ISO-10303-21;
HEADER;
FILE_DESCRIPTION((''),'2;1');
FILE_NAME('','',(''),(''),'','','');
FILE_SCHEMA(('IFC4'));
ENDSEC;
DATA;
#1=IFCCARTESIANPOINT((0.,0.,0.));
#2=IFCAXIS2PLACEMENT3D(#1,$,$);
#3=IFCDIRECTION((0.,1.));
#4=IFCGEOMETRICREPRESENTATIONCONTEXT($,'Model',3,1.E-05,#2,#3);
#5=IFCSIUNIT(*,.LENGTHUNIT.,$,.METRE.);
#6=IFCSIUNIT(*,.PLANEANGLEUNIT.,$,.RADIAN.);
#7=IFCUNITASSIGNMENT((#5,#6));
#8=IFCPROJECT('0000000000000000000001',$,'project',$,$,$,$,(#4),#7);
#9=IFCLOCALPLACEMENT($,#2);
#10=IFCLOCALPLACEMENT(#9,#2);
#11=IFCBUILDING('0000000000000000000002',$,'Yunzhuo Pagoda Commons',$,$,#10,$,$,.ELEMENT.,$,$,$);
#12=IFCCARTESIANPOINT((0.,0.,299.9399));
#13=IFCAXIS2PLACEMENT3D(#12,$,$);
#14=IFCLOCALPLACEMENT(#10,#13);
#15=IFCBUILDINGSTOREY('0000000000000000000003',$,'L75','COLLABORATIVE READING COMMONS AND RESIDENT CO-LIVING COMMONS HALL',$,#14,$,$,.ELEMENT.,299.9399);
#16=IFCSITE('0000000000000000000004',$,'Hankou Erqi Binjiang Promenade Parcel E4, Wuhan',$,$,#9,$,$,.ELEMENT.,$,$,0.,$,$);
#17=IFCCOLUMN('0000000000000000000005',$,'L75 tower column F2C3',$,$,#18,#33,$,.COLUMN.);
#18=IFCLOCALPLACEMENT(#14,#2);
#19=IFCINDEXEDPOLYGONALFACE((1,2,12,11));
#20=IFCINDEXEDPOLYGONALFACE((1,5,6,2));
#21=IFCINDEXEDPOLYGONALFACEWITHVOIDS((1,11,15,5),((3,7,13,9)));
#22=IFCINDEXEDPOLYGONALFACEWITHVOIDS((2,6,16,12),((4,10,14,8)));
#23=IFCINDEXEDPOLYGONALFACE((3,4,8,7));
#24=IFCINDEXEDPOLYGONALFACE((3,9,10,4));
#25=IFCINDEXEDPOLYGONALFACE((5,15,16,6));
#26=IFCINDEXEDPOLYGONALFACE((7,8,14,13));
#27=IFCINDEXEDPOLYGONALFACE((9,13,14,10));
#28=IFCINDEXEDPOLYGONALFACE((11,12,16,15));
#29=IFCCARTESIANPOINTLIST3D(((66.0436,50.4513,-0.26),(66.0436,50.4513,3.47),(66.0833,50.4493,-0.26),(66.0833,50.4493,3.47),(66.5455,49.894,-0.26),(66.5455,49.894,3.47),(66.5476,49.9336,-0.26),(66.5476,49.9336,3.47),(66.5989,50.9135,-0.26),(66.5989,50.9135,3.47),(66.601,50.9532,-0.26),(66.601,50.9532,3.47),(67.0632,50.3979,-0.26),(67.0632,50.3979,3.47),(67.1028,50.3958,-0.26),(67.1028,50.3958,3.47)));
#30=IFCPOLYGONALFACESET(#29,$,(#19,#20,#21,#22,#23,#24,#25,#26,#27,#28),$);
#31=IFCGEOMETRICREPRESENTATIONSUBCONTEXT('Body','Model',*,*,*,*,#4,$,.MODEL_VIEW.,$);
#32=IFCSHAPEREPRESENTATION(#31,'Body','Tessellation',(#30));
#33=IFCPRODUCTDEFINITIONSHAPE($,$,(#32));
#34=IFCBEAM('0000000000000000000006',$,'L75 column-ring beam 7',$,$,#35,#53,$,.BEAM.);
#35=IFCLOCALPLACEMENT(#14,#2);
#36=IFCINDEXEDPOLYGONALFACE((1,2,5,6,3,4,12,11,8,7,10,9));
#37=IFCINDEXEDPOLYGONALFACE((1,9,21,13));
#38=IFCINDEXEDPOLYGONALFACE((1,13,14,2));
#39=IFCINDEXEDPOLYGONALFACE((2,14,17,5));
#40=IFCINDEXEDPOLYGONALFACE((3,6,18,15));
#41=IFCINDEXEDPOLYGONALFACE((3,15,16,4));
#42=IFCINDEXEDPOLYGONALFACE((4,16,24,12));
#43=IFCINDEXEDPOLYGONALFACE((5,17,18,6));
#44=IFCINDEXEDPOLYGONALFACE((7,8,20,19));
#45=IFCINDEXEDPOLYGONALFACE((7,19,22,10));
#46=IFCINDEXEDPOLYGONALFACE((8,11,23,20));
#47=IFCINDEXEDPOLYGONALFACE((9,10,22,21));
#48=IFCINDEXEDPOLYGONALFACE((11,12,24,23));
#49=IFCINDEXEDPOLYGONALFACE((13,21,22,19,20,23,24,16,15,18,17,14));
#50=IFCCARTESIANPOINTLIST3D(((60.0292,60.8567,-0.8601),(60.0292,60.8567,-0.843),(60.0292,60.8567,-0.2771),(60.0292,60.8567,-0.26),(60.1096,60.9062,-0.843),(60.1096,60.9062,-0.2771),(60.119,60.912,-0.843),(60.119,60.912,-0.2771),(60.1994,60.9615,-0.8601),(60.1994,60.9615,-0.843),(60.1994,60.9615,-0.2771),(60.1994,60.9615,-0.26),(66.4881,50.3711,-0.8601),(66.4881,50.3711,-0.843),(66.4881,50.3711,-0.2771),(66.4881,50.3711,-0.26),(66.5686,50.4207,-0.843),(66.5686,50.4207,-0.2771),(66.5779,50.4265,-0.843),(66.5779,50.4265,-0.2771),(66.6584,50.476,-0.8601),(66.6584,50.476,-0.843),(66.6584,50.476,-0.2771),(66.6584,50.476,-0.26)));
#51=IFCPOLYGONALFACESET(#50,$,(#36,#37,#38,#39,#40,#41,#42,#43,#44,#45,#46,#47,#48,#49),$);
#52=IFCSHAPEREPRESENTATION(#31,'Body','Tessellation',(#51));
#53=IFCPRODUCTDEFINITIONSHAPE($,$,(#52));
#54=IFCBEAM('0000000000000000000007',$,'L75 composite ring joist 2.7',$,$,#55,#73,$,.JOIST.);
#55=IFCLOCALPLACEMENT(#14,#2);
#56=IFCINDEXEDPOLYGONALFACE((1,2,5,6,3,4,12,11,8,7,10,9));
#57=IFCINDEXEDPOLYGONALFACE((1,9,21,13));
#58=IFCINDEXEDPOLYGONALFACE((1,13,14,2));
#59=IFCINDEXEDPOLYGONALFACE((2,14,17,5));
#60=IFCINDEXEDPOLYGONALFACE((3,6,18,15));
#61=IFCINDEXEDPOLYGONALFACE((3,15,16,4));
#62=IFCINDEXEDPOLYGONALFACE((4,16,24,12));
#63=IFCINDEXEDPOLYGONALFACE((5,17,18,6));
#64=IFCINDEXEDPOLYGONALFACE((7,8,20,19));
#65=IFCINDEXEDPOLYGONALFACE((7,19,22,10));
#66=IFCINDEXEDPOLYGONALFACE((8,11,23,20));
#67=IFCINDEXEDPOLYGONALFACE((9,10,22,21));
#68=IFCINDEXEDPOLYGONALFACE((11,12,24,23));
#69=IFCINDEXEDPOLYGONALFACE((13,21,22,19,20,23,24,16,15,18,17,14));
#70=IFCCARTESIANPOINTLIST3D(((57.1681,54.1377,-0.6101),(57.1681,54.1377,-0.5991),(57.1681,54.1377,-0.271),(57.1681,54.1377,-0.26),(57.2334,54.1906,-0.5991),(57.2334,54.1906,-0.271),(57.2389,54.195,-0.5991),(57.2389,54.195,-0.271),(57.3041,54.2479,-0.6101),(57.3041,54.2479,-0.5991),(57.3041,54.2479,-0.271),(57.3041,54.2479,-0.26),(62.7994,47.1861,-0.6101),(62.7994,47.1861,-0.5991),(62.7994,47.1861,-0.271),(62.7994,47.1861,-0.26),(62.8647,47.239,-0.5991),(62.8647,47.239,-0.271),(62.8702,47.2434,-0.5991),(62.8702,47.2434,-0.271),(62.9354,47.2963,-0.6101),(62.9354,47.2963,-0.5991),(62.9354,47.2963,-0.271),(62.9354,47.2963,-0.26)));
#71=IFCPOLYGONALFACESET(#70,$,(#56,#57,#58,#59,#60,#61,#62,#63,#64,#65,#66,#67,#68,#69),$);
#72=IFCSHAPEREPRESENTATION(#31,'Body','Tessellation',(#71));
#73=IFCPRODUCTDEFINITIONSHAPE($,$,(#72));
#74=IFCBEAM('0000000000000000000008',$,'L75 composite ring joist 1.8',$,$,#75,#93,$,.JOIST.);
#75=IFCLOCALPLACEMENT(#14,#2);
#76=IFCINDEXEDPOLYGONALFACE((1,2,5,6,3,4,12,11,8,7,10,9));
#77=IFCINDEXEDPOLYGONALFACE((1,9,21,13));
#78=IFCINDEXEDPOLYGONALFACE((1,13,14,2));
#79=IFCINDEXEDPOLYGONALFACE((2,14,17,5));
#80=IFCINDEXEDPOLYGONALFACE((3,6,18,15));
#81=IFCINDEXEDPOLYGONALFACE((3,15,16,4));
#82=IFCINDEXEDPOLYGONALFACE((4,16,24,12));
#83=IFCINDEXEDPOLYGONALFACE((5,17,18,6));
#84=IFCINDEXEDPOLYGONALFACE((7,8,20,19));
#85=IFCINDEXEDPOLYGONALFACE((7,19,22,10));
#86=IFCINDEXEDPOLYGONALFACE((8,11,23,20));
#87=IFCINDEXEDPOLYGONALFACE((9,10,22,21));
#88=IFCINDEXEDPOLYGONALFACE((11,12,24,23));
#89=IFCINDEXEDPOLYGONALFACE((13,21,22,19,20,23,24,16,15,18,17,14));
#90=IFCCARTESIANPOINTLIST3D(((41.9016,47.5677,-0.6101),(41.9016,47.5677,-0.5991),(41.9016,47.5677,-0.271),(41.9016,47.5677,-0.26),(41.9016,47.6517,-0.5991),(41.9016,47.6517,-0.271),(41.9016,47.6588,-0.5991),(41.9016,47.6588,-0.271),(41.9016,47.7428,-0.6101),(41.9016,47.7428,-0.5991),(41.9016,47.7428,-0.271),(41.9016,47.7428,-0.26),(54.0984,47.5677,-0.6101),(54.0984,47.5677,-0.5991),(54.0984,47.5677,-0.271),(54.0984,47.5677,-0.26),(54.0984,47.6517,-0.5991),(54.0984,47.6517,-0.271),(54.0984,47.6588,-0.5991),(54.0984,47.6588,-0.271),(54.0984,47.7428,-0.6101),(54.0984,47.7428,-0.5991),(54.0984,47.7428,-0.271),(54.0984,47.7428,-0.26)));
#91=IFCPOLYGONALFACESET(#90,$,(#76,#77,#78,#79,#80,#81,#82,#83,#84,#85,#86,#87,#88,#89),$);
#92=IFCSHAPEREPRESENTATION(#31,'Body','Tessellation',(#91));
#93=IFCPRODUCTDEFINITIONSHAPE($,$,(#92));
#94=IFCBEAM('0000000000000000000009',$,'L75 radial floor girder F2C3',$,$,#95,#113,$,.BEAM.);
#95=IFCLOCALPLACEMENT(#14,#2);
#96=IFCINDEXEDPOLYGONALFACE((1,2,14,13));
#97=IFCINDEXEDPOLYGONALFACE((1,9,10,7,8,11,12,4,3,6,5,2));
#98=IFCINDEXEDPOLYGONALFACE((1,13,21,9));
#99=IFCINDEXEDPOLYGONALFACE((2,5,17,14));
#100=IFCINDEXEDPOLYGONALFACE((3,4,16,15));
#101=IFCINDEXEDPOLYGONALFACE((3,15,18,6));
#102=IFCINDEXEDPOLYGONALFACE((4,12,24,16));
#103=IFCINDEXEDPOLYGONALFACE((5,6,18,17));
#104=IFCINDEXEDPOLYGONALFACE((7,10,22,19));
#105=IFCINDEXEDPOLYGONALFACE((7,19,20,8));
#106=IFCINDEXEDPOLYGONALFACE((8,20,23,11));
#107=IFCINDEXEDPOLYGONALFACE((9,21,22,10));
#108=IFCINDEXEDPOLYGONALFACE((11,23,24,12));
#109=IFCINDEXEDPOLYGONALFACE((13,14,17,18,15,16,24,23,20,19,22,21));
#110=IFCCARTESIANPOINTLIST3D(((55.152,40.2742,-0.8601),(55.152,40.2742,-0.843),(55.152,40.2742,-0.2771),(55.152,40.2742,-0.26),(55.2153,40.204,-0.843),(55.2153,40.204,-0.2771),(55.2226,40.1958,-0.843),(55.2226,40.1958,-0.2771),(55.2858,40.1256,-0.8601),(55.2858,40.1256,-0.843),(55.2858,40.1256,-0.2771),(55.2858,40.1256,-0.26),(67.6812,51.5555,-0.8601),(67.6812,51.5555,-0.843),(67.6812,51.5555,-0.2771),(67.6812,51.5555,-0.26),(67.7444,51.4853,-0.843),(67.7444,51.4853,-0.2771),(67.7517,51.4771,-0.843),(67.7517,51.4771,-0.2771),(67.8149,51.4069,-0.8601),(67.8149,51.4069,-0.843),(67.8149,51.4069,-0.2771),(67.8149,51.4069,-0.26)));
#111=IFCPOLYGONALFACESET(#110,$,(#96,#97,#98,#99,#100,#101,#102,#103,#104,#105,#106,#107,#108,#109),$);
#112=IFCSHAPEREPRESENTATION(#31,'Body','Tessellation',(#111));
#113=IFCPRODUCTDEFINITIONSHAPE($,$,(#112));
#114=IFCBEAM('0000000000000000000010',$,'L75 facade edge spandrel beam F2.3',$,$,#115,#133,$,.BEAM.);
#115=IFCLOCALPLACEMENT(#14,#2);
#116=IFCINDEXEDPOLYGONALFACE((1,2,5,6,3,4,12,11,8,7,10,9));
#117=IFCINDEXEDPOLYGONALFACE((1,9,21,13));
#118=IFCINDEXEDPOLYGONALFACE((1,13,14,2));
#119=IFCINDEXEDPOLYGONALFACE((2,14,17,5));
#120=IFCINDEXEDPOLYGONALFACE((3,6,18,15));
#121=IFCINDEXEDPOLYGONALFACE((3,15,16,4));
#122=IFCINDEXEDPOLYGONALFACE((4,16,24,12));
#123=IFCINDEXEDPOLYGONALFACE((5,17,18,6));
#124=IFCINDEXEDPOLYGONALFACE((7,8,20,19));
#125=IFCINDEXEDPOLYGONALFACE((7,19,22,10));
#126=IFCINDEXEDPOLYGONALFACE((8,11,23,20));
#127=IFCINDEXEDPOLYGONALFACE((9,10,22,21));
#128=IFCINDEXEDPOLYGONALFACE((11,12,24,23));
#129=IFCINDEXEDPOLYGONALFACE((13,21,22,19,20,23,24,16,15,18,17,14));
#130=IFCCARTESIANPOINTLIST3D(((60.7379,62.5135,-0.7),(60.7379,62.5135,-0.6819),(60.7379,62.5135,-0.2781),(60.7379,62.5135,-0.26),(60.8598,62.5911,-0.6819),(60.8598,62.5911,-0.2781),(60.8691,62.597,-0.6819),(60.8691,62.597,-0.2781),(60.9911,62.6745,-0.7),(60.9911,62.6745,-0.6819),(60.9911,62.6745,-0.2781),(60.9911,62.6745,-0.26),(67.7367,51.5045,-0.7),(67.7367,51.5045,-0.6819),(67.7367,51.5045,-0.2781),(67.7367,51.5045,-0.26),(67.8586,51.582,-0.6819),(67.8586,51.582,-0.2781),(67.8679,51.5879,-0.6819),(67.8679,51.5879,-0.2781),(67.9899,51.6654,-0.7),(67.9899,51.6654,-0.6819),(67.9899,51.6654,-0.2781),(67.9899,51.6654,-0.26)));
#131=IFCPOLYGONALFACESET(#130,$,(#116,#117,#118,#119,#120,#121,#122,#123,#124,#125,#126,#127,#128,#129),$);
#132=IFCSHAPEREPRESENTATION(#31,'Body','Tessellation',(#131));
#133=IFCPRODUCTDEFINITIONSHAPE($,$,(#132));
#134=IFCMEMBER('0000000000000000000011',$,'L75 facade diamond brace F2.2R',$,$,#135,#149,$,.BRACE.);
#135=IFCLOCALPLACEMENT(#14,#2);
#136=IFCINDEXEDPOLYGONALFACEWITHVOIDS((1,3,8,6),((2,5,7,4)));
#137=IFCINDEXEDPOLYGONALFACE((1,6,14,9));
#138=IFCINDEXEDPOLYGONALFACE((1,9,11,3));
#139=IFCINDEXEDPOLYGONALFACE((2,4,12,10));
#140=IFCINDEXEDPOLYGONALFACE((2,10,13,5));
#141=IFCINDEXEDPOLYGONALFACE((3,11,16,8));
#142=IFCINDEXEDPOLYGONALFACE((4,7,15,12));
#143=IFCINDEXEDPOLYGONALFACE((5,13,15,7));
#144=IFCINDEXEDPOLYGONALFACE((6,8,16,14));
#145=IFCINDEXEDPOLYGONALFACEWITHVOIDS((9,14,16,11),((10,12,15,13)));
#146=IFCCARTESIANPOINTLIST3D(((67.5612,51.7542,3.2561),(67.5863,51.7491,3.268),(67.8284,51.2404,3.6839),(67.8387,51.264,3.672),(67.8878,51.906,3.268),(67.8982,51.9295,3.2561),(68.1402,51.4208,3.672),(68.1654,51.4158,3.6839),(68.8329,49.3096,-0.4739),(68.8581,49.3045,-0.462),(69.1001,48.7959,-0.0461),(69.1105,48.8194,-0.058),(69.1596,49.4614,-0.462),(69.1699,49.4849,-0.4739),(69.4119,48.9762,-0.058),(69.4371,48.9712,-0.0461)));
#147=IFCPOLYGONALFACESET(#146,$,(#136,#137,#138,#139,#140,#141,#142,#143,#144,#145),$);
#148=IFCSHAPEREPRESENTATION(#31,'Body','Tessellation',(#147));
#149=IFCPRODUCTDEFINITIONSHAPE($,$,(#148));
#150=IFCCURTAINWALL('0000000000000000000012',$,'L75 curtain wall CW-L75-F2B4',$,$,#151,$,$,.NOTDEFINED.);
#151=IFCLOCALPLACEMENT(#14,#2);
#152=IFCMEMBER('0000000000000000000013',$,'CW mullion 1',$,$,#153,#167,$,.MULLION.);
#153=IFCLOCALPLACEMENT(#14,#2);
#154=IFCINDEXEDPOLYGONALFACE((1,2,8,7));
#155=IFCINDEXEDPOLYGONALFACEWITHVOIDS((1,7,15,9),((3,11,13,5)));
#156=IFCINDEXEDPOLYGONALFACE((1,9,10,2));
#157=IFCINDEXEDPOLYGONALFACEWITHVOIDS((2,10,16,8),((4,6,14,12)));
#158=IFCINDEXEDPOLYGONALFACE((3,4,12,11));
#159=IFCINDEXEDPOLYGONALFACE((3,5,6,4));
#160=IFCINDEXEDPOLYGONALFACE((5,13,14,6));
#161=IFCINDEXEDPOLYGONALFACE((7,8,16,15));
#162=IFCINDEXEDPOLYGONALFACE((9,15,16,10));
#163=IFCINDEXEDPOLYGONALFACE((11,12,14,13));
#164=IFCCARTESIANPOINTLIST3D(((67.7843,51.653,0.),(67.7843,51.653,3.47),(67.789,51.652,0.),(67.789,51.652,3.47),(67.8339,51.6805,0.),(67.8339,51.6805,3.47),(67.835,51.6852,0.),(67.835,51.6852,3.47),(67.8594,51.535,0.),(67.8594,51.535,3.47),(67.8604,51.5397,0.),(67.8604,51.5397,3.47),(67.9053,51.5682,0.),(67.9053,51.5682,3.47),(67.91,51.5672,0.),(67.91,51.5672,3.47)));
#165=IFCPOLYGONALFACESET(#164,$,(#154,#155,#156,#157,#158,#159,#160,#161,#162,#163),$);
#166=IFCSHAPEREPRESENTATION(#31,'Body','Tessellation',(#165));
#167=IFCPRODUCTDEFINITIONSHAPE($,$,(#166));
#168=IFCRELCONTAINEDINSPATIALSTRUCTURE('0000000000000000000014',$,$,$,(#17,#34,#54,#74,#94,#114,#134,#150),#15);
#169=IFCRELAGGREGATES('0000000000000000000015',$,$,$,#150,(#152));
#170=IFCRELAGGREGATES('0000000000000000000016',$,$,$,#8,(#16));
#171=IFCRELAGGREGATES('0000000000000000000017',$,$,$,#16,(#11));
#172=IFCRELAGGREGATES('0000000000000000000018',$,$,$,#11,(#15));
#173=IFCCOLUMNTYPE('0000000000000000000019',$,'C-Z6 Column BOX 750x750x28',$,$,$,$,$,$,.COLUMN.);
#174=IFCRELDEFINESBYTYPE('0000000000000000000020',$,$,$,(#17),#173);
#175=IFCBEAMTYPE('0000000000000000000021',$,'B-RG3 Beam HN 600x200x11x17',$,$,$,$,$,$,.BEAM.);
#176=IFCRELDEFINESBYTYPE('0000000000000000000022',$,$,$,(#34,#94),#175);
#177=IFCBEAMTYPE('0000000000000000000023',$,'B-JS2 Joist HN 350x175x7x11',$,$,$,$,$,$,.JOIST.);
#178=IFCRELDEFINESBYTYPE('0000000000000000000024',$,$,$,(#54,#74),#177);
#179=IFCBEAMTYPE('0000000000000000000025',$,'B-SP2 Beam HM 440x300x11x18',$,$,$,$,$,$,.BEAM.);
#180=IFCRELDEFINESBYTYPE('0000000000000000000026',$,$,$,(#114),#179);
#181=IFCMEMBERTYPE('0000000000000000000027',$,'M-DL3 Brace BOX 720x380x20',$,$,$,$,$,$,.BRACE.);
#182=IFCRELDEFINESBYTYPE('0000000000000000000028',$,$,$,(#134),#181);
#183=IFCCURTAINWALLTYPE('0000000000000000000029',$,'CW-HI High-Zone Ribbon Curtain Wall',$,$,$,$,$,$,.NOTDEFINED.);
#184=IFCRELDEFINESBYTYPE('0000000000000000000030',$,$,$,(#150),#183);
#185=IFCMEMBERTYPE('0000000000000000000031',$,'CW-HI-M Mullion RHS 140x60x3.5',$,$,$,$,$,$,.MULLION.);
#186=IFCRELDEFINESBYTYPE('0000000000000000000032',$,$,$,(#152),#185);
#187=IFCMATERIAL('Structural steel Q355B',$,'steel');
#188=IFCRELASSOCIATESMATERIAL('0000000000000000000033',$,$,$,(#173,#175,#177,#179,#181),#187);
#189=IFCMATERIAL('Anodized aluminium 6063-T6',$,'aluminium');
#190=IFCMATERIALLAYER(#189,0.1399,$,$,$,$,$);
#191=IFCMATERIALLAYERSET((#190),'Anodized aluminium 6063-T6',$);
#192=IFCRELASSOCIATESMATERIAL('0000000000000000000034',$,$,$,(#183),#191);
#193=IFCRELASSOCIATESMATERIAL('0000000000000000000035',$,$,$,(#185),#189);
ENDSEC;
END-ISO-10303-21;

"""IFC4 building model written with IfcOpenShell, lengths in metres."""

from ifc_helpers import new_model, si_unit, direction, frame, origin, origin_2d, place, context, subcontext, project, spatial, hollow_rectangle, i_section, extrude, source, transform, mapped, material, layer, layer_set, material_profile, profile_set, type_object, element, aggregate, save


model = new_model("IFC4")

# Units and contexts
model_context = context("Model", 3, precision=1e-05, world=origin(), true_north=direction((0.0, 1.0)))
body_context = subcontext(model_context, "Body", "Model", "MODEL_VIEW")
ifc_project = project(units=[si_unit("LENGTHUNIT", "METRE"), si_unit("PLANEANGLEUNIT", "RADIAN")], contexts=[model_context])

# Site, building, storey
site_placement = place(None, origin())
site = spatial("IfcSite", under=ifc_project, at=site_placement, Name="Hankou Erqi Binjiang Promenade Parcel E4, Wuhan", CompositionType="ELEMENT", RefElevation=0.0)
building_placement = place(site_placement, origin())
building = spatial("IfcBuilding", under=site, at=building_placement, Name="Yunzhuo Pagoda Commons", CompositionType="ELEMENT")
storey_placement = place(building_placement, frame((0.0, 0.0, 299.9399)))
storey = spatial("IfcBuildingStorey", under=building, at=storey_placement, Name="L75", Description="COLLABORATIVE READING COMMONS AND RESIDENT CO-LIVING COMMONS HALL", CompositionType="ELEMENT", Elevation=299.9399)

# Column
ifc_material_1 = material(Name="Structural steel Q355B", Category="steel")
ifc_material_profile_1 = material_profile(ifc_material_1, hollow_rectangle(XDim=0.75, YDim=0.75, WallThickness=0.0281, at=origin_2d()), Name="Structural steel Q355B")
ifc_profile_set_1 = profile_set([ifc_material_profile_1], Name="Structural steel Q355B")
column_type = type_object("IfcColumnType", Name="C-Z6 Column BOX 750x750x28", PredefinedType="COLUMN", material=ifc_profile_set_1)
shared_shape_1 = source(origin(), body_context, "Body", "SweptSolid", [
    extrude(hollow_rectangle(XDim=0.75, YDim=0.75, WallThickness=0.0281, at=origin_2d()), origin(), (0.0, 0.0, 1.0), 3.73),
])
column_placement = place(storey_placement, frame((66.5732, 50.4236, -0.26), z_axis=(0.0, 0.0, 1.0), x_axis=(-0.669131, 0.743145, 0.0)))
element("IfcColumn", 1, at=column_placement, inside=storey, type_object=column_type, Name="L75 tower column F2C3", PredefinedType="COLUMN", context=body_context, shape_type="MappedRepresentation", body=[
    mapped(shared_shape_1, transform((0.0, 0.0, 0.0), scale=1.0)),
])

# Beams
ifc_material_profile_2 = material_profile(ifc_material_1, i_section(OverallWidth=0.2, OverallDepth=0.6001, WebThickness=0.011, FlangeThickness=0.0171, at=origin_2d()), Name="Structural steel Q355B")
ifc_profile_set_2 = profile_set([ifc_material_profile_2], Name="Structural steel Q355B")
beam_type_1 = type_object("IfcBeamType", Name="B-RG3 Beam HN 600x200x11x17", PredefinedType="BEAM", material=ifc_profile_set_2)
shared_shape_2 = source(origin(), body_context, "Body", "SweptSolid", [
    extrude(i_section(OverallWidth=0.2, OverallDepth=0.6001, WebThickness=0.011, FlangeThickness=0.0171, at=origin_2d()), origin(), (0.0, 0.0, 1.0), 12.3152),
])
beam_1_placement = place(storey_placement, frame((66.5732, 50.4236, -0.5601), z_axis=(-0.524469, 0.85143, 0.0), x_axis=(-0.85143, -0.524469, 0.0)))
element("IfcBeam", 2, at=beam_1_placement, inside=storey, type_object=beam_type_1, Name="L75 column-ring beam 7", PredefinedType="BEAM", context=body_context, shape_type="MappedRepresentation", body=[
    mapped(shared_shape_2, transform((0.0, 0.0, 0.0), scale=1.0)),
])
ifc_material_profile_3 = material_profile(ifc_material_1, i_section(OverallWidth=0.175, OverallDepth=0.3501, WebThickness=0.0071, FlangeThickness=0.011, at=origin_2d()), Name="Structural steel Q355B")
ifc_profile_set_3 = profile_set([ifc_material_profile_3], Name="Structural steel Q355B")
beam_type_2 = type_object("IfcBeamType", Name="B-JS2 Joist HN 350x175x7x11", PredefinedType="JOIST", material=ifc_profile_set_3)
shared_shape_3 = source(origin(), body_context, "Body", "SweptSolid", [
    extrude(i_section(OverallWidth=0.175, OverallDepth=0.3501, WebThickness=0.0071, FlangeThickness=0.011, at=origin_2d()), origin(), (0.0, 0.0, 1.0), 8.9463),
])
beam_2_placement = place(storey_placement, frame((62.8674, 47.2412, -0.4351), z_axis=(-0.629456, 0.777036, 0.0), x_axis=(-0.777036, -0.629456, 0.0)))
element("IfcBeam", 3, at=beam_2_placement, inside=storey, type_object=beam_type_2, Name="L75 composite ring joist 2.7", PredefinedType="JOIST", context=body_context, shape_type="MappedRepresentation", body=[
    mapped(shared_shape_3, transform((0.0, 0.0, 0.0), scale=1.0)),
])
shared_shape_4 = source(origin(), body_context, "Body", "SweptSolid", [
    extrude(i_section(OverallWidth=0.175, OverallDepth=0.3501, WebThickness=0.0071, FlangeThickness=0.011, at=origin_2d()), origin(), (0.0, 0.0, 1.0), 12.1968),
])
beam_3_placement = place(storey_placement, frame((54.0984, 47.6553, -0.4351), z_axis=(-1.0, 0.0, 0.0), x_axis=(0.0, -1.0, 0.0)))
element("IfcBeam", 4, at=beam_3_placement, inside=storey, type_object=beam_type_2, Name="L75 composite ring joist 1.8", PredefinedType="JOIST", context=body_context, shape_type="MappedRepresentation", body=[
    mapped(shared_shape_4, transform((0.0, 0.0, 0.0), scale=1.0)),
])
shared_shape_5 = source(origin(), body_context, "Body", "SweptSolid", [
    extrude(i_section(OverallWidth=0.2, OverallDepth=0.6001, WebThickness=0.011, FlangeThickness=0.0171, at=origin_2d()), origin(), (0.0, 0.0, 1.0), 16.8596),
])
beam_4_placement = place(storey_placement, frame((67.748, 51.4812, -0.5601), z_axis=(-0.743144, -0.669132, 0.0), x_axis=(0.669132, -0.743144, 0.0)))
element("IfcBeam", 5, at=beam_4_placement, inside=storey, type_object=beam_type_1, Name="L75 radial floor girder F2C3", PredefinedType="BEAM", context=body_context, shape_type="MappedRepresentation", body=[
    mapped(shared_shape_5, transform((0.0, 0.0, 0.0), scale=1.0)),
])
ifc_material_profile_4 = material_profile(ifc_material_1, i_section(OverallWidth=0.3, OverallDepth=0.4399, WebThickness=0.011, FlangeThickness=0.0181, at=origin_2d()), Name="Structural steel Q355B")
ifc_profile_set_4 = profile_set([ifc_material_profile_4], Name="Structural steel Q355B")
beam_type_3 = type_object("IfcBeamType", Name="B-SP2 Beam HM 440x300x11x18", PredefinedType="BEAM", material=ifc_profile_set_4)
shared_shape_6 = source(origin(), body_context, "Body", "SweptSolid", [
    extrude(i_section(OverallWidth=0.3, OverallDepth=0.4399, WebThickness=0.011, FlangeThickness=0.0181, at=origin_2d()), origin(), (0.0, 0.0, 1.0), 13.0454),
])
beam_5_placement = place(storey_placement, frame((67.8633, 51.585, -0.48), z_axis=(-0.536495, 0.843903, 0.0), x_axis=(-0.843903, -0.536495, 0.0)))
element("IfcBeam", 6, at=beam_5_placement, inside=storey, type_object=beam_type_3, Name="L75 facade edge spandrel beam F2.3", PredefinedType="BEAM", context=body_context, shape_type="MappedRepresentation", body=[
    mapped(shared_shape_6, transform((0.0, 0.0, 0.0), scale=1.0)),
])

# Member
ifc_material_profile_5 = material_profile(ifc_material_1, hollow_rectangle(XDim=0.3799, YDim=0.72, WallThickness=0.02, at=origin_2d()), Name="Structural steel Q355B")
ifc_profile_set_5 = profile_set([ifc_material_profile_5], Name="Structural steel Q355B")
member_type_1 = type_object("IfcMemberType", Name="M-DL3 Brace BOX 720x380x20", PredefinedType="BRACE", material=ifc_profile_set_5)
shared_shape_7 = source(origin(), body_context, "Body", "SweptSolid", [
    extrude(hollow_rectangle(XDim=0.3799, YDim=0.72, WallThickness=0.02, at=origin_2d()), origin(), (0.0, 0.0, 1.0), 4.6375),
])
member_1_placement = place(storey_placement, frame((69.135, 49.1404, -0.26), z_axis=(-0.27423, 0.527138, 0.804316), x_axis=(-0.887136, -0.461509, 0.0)))
element("IfcMember", 7, at=member_1_placement, inside=storey, type_object=member_type_1, Name="L75 facade diamond brace F2.2R", PredefinedType="BRACE", context=body_context, shape_type="MappedRepresentation", body=[
    mapped(shared_shape_7, transform((0.0, 0.0, 0.0), scale=1.0)),
])

# Curtain wall, member
ifc_material_2 = material(Name="Anodized aluminium 6063-T6", Category="aluminium")
ifc_layer_1 = layer(ifc_material_2, 0.1399)
ifc_layer_set_1 = layer_set([ifc_layer_1], Name="Anodized aluminium 6063-T6")
curtain_wall_type = type_object("IfcCurtainWallType", Name="CW-HI High-Zone Ribbon Curtain Wall", PredefinedType="NOTDEFINED", material=ifc_layer_set_1)
curtain_wall_1_placement = place(storey_placement, origin())
curtain_wall_1 = element("IfcCurtainWall", 8, at=curtain_wall_1_placement, inside=storey, type_object=curtain_wall_type, Name="L75 curtain wall CW-L75-F2B4", PredefinedType="NOTDEFINED")
ifc_material_profile_6 = material_profile(ifc_material_2, hollow_rectangle(XDim=0.0601, YDim=0.1399, WallThickness=0.0034, at=origin_2d()), Name="Anodized aluminium 6063-T6")
ifc_profile_set_6 = profile_set([ifc_material_profile_6], Name="Anodized aluminium 6063-T6")
member_type_2 = type_object("IfcMemberType", Name="CW-HI-M Mullion RHS 140x60x3.5", PredefinedType="MULLION", material=ifc_profile_set_6)
shared_shape_8 = source(origin(), body_context, "Body", "SweptSolid", [
    extrude(hollow_rectangle(XDim=0.0601, YDim=0.1399, WallThickness=0.0034, at=origin_2d()), origin(), (0.0, 0.0, 1.0), 3.47),
])
member_2_placement = place(storey_placement, frame((67.8472, 51.6101, 0.0), z_axis=(0.0, 0.0, 1.0), x_axis=(-0.84391, -0.536485, 0.0)))
member_2 = element("IfcMember", 9, at=member_2_placement, type_object=member_type_2, Name="CW mullion 1", PredefinedType="MULLION", context=body_context, shape_type="MappedRepresentation", body=[
    mapped(shared_shape_8, transform((0.0, 0.0, 0.0), scale=1.0)),
])

aggregate(curtain_wall_1, [member_2])

save(model, "model.ifc")
